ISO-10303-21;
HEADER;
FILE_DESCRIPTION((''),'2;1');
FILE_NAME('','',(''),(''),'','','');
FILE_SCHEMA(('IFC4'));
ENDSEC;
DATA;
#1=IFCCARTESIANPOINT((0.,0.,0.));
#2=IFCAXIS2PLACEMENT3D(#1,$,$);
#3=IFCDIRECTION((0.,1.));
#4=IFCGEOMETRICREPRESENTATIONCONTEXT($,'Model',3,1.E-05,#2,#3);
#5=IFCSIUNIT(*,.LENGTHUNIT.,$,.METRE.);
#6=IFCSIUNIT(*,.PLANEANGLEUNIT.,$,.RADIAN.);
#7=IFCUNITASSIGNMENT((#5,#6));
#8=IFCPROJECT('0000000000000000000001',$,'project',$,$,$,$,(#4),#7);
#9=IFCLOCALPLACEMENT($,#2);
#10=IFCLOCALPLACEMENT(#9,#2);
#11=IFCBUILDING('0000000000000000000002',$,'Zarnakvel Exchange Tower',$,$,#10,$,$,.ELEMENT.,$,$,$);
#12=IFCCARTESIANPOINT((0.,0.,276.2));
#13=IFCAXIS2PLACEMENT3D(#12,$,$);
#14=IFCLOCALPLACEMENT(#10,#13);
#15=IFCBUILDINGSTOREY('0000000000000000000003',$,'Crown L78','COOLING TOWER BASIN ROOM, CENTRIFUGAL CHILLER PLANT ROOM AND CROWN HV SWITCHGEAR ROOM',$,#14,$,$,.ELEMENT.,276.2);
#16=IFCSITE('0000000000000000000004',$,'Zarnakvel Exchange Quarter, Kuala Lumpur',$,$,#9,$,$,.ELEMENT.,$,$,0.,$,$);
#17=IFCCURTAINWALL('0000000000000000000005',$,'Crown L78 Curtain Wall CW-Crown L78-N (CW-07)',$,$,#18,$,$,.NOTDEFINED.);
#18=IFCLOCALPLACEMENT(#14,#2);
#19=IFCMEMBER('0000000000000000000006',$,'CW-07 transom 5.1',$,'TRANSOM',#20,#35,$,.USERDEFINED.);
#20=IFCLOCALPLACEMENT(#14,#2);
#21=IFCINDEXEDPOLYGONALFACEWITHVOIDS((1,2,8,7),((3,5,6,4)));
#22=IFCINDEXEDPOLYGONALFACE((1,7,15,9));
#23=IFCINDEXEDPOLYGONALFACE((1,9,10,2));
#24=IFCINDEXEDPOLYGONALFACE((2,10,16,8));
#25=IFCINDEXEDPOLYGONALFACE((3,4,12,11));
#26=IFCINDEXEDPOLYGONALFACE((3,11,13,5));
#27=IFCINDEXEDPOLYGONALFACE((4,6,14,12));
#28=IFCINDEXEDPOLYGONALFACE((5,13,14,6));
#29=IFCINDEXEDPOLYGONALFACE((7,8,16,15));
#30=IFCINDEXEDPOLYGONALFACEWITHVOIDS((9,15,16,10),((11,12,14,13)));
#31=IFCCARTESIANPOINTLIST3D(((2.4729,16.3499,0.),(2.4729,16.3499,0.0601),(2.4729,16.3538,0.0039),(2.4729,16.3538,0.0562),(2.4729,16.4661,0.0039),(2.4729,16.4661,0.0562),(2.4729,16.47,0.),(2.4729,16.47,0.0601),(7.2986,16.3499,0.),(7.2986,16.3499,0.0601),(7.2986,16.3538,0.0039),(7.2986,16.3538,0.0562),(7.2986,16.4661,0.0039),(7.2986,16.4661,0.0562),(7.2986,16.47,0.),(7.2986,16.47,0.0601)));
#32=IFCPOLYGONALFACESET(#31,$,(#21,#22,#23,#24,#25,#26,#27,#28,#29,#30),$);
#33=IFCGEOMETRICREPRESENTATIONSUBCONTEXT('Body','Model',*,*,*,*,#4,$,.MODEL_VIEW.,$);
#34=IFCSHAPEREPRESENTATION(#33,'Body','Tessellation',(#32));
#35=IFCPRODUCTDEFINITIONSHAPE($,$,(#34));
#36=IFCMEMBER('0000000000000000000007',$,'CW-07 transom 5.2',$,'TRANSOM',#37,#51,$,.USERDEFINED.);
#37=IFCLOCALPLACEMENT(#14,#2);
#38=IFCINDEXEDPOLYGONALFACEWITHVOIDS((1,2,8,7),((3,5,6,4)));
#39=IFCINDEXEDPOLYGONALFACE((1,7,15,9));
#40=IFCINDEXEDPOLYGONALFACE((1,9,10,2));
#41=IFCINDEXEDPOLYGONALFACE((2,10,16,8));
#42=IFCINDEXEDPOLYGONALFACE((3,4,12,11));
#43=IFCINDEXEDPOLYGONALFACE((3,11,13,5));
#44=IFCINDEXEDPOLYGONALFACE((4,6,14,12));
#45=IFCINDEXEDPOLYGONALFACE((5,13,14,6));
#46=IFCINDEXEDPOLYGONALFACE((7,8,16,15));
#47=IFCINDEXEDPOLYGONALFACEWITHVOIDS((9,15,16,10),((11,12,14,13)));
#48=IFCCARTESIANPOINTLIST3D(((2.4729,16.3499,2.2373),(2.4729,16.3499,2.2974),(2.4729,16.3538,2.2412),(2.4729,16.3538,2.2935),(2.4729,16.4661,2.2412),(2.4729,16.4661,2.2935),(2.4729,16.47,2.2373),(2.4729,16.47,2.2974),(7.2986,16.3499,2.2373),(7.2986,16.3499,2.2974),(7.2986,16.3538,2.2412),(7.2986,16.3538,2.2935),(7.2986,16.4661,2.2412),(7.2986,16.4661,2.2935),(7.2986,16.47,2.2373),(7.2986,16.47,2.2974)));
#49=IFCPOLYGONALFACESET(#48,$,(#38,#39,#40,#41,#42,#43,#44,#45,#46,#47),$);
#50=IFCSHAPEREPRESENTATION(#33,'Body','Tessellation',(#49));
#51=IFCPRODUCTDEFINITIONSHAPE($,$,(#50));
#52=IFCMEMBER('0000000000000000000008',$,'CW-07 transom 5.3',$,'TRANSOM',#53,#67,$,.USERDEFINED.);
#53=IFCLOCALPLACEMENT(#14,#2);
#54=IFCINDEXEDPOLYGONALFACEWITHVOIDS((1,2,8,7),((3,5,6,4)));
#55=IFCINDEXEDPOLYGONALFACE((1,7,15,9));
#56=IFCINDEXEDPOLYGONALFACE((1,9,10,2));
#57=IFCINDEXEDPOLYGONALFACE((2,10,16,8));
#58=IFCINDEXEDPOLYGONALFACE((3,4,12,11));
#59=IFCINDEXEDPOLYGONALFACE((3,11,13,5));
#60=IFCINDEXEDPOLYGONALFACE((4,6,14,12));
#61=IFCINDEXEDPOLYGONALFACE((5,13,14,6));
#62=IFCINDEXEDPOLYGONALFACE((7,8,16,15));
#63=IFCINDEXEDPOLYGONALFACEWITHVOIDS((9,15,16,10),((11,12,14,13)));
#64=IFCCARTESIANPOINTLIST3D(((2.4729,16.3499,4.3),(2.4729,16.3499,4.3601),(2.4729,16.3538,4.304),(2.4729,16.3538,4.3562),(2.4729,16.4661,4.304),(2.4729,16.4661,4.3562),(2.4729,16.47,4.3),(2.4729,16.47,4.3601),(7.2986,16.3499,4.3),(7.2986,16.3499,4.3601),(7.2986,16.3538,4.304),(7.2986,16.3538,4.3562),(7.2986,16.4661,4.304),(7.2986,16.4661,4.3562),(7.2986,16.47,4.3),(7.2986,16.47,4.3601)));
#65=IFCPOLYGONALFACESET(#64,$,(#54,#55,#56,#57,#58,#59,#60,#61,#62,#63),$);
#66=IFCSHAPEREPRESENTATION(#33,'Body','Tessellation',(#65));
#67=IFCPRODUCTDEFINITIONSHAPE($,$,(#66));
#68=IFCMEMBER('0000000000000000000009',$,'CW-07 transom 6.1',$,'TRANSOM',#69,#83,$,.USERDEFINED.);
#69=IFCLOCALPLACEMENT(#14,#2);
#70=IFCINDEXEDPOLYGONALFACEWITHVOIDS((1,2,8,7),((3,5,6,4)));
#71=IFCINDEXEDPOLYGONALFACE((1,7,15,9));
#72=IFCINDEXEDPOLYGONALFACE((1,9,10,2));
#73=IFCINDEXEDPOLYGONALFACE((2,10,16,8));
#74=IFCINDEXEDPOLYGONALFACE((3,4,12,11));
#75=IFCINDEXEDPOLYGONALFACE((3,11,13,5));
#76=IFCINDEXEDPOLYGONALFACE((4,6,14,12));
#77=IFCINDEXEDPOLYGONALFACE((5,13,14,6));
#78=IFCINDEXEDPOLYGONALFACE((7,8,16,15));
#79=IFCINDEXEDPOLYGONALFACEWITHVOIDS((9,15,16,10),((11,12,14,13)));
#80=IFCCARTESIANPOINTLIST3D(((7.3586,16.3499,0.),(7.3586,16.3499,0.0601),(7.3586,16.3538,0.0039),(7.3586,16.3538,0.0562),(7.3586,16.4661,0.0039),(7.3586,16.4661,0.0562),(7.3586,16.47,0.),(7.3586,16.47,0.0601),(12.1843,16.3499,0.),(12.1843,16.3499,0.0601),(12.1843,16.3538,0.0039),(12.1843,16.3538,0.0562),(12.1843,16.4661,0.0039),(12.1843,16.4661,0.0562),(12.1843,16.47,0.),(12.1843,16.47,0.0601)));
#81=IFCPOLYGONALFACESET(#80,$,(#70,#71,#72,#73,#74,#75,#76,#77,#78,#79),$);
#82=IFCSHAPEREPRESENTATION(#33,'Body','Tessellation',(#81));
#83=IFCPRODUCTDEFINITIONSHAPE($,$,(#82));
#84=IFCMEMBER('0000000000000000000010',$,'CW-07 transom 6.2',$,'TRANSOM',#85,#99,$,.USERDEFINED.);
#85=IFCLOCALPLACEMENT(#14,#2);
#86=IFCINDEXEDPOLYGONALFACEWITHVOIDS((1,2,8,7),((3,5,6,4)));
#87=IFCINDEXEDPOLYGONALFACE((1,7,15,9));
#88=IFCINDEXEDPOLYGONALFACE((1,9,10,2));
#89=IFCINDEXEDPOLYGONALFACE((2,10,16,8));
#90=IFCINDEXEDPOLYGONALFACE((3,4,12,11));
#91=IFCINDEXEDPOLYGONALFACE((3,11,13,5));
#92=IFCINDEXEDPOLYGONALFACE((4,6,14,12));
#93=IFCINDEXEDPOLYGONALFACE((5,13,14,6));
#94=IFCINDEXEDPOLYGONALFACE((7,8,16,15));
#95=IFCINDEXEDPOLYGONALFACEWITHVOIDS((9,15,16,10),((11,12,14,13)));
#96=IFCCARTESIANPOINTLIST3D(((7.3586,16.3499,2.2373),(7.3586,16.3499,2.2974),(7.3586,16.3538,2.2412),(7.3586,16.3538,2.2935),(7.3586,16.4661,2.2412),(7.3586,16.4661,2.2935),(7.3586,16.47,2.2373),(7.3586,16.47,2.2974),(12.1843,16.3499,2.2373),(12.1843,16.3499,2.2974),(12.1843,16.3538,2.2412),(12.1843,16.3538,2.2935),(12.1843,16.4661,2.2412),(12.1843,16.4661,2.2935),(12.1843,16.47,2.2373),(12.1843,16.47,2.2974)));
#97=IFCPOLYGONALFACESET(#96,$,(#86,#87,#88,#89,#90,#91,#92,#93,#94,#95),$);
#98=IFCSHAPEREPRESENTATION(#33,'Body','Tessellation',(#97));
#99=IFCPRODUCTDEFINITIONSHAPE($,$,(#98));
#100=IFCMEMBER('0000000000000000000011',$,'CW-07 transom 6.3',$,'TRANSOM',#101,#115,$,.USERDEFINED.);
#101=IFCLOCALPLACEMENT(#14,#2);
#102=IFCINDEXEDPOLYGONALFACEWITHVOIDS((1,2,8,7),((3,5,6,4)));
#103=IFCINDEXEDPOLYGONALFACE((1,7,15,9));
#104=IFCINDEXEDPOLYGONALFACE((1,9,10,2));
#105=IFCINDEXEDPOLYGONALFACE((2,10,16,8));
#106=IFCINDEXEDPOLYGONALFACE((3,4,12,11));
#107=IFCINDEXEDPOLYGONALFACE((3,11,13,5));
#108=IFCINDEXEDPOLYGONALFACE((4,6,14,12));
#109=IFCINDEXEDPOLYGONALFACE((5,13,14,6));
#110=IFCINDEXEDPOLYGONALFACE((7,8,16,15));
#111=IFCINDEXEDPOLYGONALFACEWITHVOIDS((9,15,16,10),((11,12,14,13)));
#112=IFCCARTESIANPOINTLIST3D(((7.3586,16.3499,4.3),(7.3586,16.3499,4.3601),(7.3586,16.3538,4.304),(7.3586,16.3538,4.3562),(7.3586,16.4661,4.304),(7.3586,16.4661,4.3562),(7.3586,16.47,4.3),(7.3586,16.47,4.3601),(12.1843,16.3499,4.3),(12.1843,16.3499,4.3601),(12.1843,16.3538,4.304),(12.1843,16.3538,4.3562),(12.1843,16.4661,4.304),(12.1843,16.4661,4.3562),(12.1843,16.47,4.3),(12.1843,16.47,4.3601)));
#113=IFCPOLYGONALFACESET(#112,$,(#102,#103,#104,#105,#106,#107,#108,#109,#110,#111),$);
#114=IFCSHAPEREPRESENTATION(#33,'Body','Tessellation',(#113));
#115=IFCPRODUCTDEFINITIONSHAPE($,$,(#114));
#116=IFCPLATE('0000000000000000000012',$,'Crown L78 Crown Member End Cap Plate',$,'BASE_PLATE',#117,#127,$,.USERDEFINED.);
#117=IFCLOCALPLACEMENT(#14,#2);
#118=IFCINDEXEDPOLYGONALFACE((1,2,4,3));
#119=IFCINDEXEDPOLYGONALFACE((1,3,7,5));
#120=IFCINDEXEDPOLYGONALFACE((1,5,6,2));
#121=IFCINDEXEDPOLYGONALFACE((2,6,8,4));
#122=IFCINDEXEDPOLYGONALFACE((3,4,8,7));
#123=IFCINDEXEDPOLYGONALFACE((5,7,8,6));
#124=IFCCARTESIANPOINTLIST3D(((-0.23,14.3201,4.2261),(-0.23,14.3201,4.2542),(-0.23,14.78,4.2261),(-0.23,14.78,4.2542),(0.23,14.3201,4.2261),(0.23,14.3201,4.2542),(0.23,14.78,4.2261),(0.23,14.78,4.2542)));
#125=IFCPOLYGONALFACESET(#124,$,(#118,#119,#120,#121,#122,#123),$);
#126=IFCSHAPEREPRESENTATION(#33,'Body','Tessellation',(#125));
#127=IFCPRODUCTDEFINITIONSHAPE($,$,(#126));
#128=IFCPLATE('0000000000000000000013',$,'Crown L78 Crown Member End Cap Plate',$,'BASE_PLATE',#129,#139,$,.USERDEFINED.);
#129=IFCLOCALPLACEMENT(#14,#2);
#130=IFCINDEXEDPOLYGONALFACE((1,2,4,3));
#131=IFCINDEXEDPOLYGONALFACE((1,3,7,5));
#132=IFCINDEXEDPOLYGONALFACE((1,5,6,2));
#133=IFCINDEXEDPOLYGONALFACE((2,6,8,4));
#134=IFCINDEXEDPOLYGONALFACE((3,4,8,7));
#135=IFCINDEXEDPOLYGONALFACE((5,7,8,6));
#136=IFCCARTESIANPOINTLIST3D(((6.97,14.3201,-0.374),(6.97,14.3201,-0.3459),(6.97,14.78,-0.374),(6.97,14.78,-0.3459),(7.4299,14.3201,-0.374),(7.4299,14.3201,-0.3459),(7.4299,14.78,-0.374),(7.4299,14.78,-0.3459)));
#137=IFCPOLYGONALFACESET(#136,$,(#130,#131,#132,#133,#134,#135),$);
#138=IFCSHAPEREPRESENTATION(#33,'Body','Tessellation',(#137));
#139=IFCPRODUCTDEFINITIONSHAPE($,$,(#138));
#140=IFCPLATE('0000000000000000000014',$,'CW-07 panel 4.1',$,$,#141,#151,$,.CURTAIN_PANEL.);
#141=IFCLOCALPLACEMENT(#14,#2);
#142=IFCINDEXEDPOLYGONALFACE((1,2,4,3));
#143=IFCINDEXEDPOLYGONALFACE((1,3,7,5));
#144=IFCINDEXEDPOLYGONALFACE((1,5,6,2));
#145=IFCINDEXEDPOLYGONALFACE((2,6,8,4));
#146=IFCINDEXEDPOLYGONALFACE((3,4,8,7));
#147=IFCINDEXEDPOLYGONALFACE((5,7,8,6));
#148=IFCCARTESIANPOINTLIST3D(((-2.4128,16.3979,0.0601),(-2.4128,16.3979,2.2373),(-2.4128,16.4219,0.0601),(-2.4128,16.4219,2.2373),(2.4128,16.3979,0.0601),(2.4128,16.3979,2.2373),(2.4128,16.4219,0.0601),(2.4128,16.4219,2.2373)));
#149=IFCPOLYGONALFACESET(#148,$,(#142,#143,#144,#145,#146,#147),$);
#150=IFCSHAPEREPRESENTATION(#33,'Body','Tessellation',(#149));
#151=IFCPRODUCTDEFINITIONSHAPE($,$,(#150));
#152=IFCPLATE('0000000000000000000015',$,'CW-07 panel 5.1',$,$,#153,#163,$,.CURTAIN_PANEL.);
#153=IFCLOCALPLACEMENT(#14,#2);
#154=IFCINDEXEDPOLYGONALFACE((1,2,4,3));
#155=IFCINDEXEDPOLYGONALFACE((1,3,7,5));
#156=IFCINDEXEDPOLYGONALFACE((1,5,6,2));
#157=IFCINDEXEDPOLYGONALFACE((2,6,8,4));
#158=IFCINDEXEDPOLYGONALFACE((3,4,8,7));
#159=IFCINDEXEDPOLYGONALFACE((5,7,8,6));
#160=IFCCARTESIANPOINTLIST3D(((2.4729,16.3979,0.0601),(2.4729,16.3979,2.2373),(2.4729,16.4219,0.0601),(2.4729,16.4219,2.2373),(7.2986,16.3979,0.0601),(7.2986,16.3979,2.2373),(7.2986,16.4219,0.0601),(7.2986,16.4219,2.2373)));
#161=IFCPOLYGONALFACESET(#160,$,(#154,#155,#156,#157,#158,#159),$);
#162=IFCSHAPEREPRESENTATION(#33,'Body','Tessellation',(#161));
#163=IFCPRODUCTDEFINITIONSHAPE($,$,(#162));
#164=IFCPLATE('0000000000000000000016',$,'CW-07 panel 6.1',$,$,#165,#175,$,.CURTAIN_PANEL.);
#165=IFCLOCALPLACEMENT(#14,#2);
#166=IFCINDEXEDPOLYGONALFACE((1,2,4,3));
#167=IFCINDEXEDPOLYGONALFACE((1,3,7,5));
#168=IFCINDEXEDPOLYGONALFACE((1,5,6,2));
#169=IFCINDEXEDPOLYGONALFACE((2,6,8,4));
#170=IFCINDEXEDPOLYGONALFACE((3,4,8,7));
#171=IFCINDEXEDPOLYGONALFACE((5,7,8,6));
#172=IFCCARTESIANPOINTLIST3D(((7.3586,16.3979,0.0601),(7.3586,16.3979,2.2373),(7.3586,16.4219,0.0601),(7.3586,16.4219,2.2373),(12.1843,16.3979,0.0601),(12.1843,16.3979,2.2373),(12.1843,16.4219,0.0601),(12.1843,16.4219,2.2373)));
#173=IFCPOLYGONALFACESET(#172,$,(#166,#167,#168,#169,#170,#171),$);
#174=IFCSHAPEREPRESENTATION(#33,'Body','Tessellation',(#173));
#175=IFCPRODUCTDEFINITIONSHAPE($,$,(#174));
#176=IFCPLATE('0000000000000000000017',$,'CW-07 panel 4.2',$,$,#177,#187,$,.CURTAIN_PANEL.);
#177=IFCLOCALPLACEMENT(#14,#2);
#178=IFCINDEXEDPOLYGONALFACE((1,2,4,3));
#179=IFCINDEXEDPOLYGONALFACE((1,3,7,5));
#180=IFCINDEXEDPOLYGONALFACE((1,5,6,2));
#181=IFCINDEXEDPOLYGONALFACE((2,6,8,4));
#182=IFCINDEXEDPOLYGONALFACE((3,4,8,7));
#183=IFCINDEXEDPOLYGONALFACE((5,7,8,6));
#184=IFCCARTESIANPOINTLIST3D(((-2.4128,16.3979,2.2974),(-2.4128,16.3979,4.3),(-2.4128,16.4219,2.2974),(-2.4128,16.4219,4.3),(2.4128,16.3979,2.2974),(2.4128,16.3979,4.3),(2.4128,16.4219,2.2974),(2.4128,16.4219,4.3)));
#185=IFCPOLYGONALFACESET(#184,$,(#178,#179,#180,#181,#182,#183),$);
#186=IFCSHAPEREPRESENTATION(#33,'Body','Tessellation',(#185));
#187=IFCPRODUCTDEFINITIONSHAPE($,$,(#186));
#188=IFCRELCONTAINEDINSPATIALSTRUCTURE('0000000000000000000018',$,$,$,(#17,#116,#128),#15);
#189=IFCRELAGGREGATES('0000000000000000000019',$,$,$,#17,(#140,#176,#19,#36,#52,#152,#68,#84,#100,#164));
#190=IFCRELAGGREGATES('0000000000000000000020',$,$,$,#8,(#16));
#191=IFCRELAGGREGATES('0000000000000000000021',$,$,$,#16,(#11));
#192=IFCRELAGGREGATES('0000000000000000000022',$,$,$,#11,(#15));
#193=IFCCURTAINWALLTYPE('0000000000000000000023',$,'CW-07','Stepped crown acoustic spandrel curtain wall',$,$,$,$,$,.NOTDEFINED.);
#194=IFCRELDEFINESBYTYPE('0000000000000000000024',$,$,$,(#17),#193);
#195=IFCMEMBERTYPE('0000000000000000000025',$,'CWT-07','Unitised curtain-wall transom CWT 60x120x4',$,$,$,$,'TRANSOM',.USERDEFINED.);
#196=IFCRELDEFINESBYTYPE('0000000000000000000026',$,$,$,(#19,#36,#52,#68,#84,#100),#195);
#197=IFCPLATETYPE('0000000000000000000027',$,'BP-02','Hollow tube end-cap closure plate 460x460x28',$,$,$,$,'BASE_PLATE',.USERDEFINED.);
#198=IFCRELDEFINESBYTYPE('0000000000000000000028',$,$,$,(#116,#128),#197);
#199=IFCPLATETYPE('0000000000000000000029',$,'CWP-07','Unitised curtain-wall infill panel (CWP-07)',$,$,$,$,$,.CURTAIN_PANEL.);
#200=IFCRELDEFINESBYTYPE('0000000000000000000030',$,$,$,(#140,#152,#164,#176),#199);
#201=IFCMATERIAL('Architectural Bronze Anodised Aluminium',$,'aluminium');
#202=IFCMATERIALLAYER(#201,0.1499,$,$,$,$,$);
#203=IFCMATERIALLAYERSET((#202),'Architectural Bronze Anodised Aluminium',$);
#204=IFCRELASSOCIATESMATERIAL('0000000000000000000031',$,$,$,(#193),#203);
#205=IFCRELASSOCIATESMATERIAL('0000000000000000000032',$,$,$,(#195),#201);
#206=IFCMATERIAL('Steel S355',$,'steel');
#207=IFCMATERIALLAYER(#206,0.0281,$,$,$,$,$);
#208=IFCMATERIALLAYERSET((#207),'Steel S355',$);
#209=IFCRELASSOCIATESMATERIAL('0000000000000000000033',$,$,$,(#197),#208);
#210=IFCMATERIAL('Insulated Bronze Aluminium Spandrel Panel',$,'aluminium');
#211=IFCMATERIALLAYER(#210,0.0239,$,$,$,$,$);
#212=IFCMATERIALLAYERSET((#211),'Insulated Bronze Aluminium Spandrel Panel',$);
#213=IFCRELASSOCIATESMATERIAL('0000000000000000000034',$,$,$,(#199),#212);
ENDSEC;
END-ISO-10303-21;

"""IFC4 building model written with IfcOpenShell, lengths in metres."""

from ifc_helpers import new_model, si_unit, direction, frame, origin, origin_2d, place, context, subcontext, project, spatial, rectangle, hollow_rectangle, extrude, source, transform, mapped, material, layer, layer_set, material_profile, profile_set, type_object, element, aggregate, save


model = new_model("IFC4")

# Units and contexts
model_context = context("Model", 3, precision=1e-05, world=origin(), true_north=direction((0.0, 1.0)))
body_context = subcontext(model_context, "Body", "Model", "MODEL_VIEW")
ifc_project = project(units=[si_unit("LENGTHUNIT", "METRE"), si_unit("PLANEANGLEUNIT", "RADIAN")], contexts=[model_context])

# Site, building, storey
site_placement = place(None, origin())
site = spatial("IfcSite", under=ifc_project, at=site_placement, Name="Zarnakvel Exchange Quarter, Kuala Lumpur", CompositionType="ELEMENT", RefElevation=0.0)
building_placement = place(site_placement, origin())
building = spatial("IfcBuilding", under=site, at=building_placement, Name="Zarnakvel Exchange Tower", CompositionType="ELEMENT")
storey_placement = place(building_placement, frame((0.0, 0.0, 276.2)))
storey = spatial("IfcBuildingStorey", under=building, at=storey_placement, Name="Crown L78", Description="COOLING TOWER BASIN ROOM, CENTRIFUGAL CHILLER PLANT ROOM AND CROWN HV SWITCHGEAR ROOM", CompositionType="ELEMENT", Elevation=276.2)

# Shared definitions
ifc_material_1 = material(Name="Steel S355", Category="steel")

# Curtain wall, members
ifc_material_2 = material(Name="Architectural Bronze Anodised Aluminium", Category="aluminium")
ifc_layer_1 = layer(ifc_material_2, 0.1499)
ifc_layer_set_1 = layer_set([ifc_layer_1], Name="Architectural Bronze Anodised Aluminium")
curtain_wall_type = type_object("IfcCurtainWallType", Name="CW-07", Description="Stepped crown acoustic spandrel curtain wall", PredefinedType="NOTDEFINED", material=ifc_layer_set_1)
curtain_wall_placement = place(storey_placement, origin())
curtain_wall = element("IfcCurtainWall", 1, at=curtain_wall_placement, inside=storey, type_object=curtain_wall_type, Name="Crown L78 Curtain Wall CW-Crown L78-N (CW-07)", PredefinedType="NOTDEFINED")
ifc_material_profile_1 = material_profile(ifc_material_2, hollow_rectangle(XDim=0.1201, YDim=0.0601, WallThickness=0.0039, at=origin_2d()))
ifc_profile_set_1 = profile_set([ifc_material_profile_1], Name="Architectural Bronze Anodised Aluminium")
member_type_1 = type_object("IfcMemberType", Name="CWT-07", Description="Unitised curtain-wall transom CWT 60x120x4", ElementType="TRANSOM", PredefinedType="USERDEFINED", material=ifc_profile_set_1)
shared_shape_1 = source(origin(), body_context, "Body", "SweptSolid", [
    extrude(hollow_rectangle(XDim=0.1201, YDim=0.0601, WallThickness=0.0039, at=origin_2d()), origin(), (0.0, 0.0, 1.0), 4.8257),
])
member_1_placement = place(storey_placement, frame((2.4729, 16.4099, 0.03), z_axis=(1.0, 0.0, 0.0), x_axis=(0.0, 1.0, 0.0)))
member_1 = element("IfcMember", 2, at=member_1_placement, type_object=member_type_1, Name="CW-07 transom 5.1", ObjectType="TRANSOM", PredefinedType="USERDEFINED", context=body_context, shape_type="MappedRepresentation", body=[
    mapped(shared_shape_1, transform((0.0, 0.0, 0.0), x_axis=(1.0, 0.0, 0.0), y_axis=(0.0, 1.0, 0.0), z_axis=(0.0, 0.0, 1.0), scale=1.0)),
])
member_2_placement = place(storey_placement, frame((2.4729, 16.4099, 2.2673), z_axis=(1.0, 0.0, 0.0), x_axis=(0.0, 1.0, 0.0)))
member_2 = element("IfcMember", 3, at=member_2_placement, type_object=member_type_1, Name="CW-07 transom 5.2", ObjectType="TRANSOM", PredefinedType="USERDEFINED", context=body_context, shape_type="MappedRepresentation", body=[
    mapped(shared_shape_1, transform((0.0, 0.0, 0.0), x_axis=(1.0, 0.0, 0.0), y_axis=(0.0, 1.0, 0.0), z_axis=(0.0, 0.0, 1.0), scale=1.0)),
])
member_3_placement = place(storey_placement, frame((2.4729, 16.4099, 4.3301), z_axis=(1.0, 0.0, 0.0), x_axis=(0.0, 1.0, 0.0)))
member_3 = element("IfcMember", 4, at=member_3_placement, type_object=member_type_1, Name="CW-07 transom 5.3", ObjectType="TRANSOM", PredefinedType="USERDEFINED", context=body_context, shape_type="MappedRepresentation", body=[
    mapped(shared_shape_1, transform((0.0, 0.0, 0.0), x_axis=(1.0, 0.0, 0.0), y_axis=(0.0, 1.0, 0.0), z_axis=(0.0, 0.0, 1.0), scale=1.0)),
])
member_4_placement = place(storey_placement, frame((7.3586, 16.4099, 0.03), z_axis=(1.0, 0.0, 0.0), x_axis=(0.0, 1.0, 0.0)))
member_4 = element("IfcMember", 5, at=member_4_placement, type_object=member_type_1, Name="CW-07 transom 6.1", ObjectType="TRANSOM", PredefinedType="USERDEFINED", context=body_context, shape_type="MappedRepresentation", body=[
    mapped(shared_shape_1, transform((0.0, 0.0, 0.0), x_axis=(1.0, 0.0, 0.0), y_axis=(0.0, 1.0, 0.0), z_axis=(0.0, 0.0, 1.0), scale=1.0)),
])
member_5_placement = place(storey_placement, frame((7.3586, 16.4099, 2.2673), z_axis=(1.0, 0.0, 0.0), x_axis=(0.0, 1.0, 0.0)))
member_5 = element("IfcMember", 6, at=member_5_placement, type_object=member_type_1, Name="CW-07 transom 6.2", ObjectType="TRANSOM", PredefinedType="USERDEFINED", context=body_context, shape_type="MappedRepresentation", body=[
    mapped(shared_shape_1, transform((0.0, 0.0, 0.0), x_axis=(1.0, 0.0, 0.0), y_axis=(0.0, 1.0, 0.0), z_axis=(0.0, 0.0, 1.0), scale=1.0)),
])
member_6_placement = place(storey_placement, frame((7.3586, 16.4099, 4.3301), z_axis=(1.0, 0.0, 0.0), x_axis=(0.0, 1.0, 0.0)))
member_6 = element("IfcMember", 7, at=member_6_placement, type_object=member_type_1, Name="CW-07 transom 6.3", ObjectType="TRANSOM", PredefinedType="USERDEFINED", context=body_context, shape_type="MappedRepresentation", body=[
    mapped(shared_shape_1, transform((0.0, 0.0, 0.0), x_axis=(1.0, 0.0, 0.0), y_axis=(0.0, 1.0, 0.0), z_axis=(0.0, 0.0, 1.0), scale=1.0)),
])

# Plates
ifc_layer_2 = layer(ifc_material_1, 0.0281)
ifc_layer_set_2 = layer_set([ifc_layer_2], Name="Steel S355")
plate_type_1 = type_object("IfcPlateType", Name="BP-02", Description="Hollow tube end-cap closure plate 460x460x28", ElementType="BASE_PLATE", PredefinedType="USERDEFINED", material=ifc_layer_set_2)
shared_shape_2 = source(origin(), body_context, "Body", "SweptSolid", [
    extrude(rectangle(XDim=0.46, YDim=0.46, at=origin_2d()), origin(), (0.0, 0.0, 1.0), 0.0281),
])
for number, where, z_axis, x_axis, name in (
    (8, (0.0, 14.55, 4.2261), (0.0, 0.0, 1.0), (1.0, 0.0, 0.0), "Crown L78 Crown Member End Cap Plate"),
    (9, (7.2, 14.55, -0.374), (0.0, 0.0, 1.0), (1.0, 0.0, 0.0), "Crown L78 Crown Member End Cap Plate"),
):
    element("IfcPlate", number, at=place(storey_placement, frame(where, z_axis=z_axis, x_axis=x_axis)), inside=storey, type_object=plate_type_1, Name=name, ObjectType="BASE_PLATE", PredefinedType="USERDEFINED", context=body_context, shape_type="MappedRepresentation", body=[
        mapped(shared_shape_2, transform((0.0, 0.0, 0.0), x_axis=(1.0, 0.0, 0.0), y_axis=(0.0, 1.0, 0.0), z_axis=(0.0, 0.0, 1.0), scale=1.0)),
    ])

# Plates
ifc_material_3 = material(Name="Insulated Bronze Aluminium Spandrel Panel", Category="aluminium")
ifc_layer_3 = layer(ifc_material_3, 0.0239)
ifc_layer_set_3 = layer_set([ifc_layer_3], Name="Insulated Bronze Aluminium Spandrel Panel")
plate_type_2 = type_object("IfcPlateType", Name="CWP-07", Description="Unitised curtain-wall infill panel (CWP-07)", PredefinedType="CURTAIN_PANEL", material=ifc_layer_set_3)
shared_shape_3 = source(origin(), body_context, "Body", "SweptSolid", [
    extrude(rectangle(XDim=4.8257, YDim=0.0239, at=origin_2d()), origin(), (0.0, 0.0, 1.0), 2.1772),
])
plate_1_placement = place(storey_placement, frame((0.0, 16.4099, 0.0601), z_axis=(0.0, 0.0, 1.0), x_axis=(1.0, 0.0, 0.0)))
plate_1 = element("IfcPlate", 10, at=plate_1_placement, type_object=plate_type_2, Name="CW-07 panel 4.1", PredefinedType="CURTAIN_PANEL", context=body_context, shape_type="MappedRepresentation", body=[
    mapped(shared_shape_3, transform((0.0, 0.0, 0.0), x_axis=(1.0, 0.0, 0.0), y_axis=(0.0, 1.0, 0.0), z_axis=(0.0, 0.0, 1.0), scale=1.0)),
])
plate_2_placement = place(storey_placement, frame((4.8857, 16.4099, 0.0601), z_axis=(0.0, 0.0, 1.0), x_axis=(1.0, 0.0, 0.0)))
plate_2 = element("IfcPlate", 11, at=plate_2_placement, type_object=plate_type_2, Name="CW-07 panel 5.1", PredefinedType="CURTAIN_PANEL", context=body_context, shape_type="MappedRepresentation", body=[
    mapped(shared_shape_3, transform((0.0, 0.0, 0.0), x_axis=(1.0, 0.0, 0.0), y_axis=(0.0, 1.0, 0.0), z_axis=(0.0, 0.0, 1.0), scale=1.0)),
])
plate_3_placement = place(storey_placement, frame((9.7715, 16.4099, 0.0601), z_axis=(0.0, 0.0, 1.0), x_axis=(1.0, 0.0, 0.0)))
plate_3 = element("IfcPlate", 12, at=plate_3_placement, type_object=plate_type_2, Name="CW-07 panel 6.1", PredefinedType="CURTAIN_PANEL", context=body_context, shape_type="MappedRepresentation", body=[
    mapped(shared_shape_3, transform((0.0, 0.0, 0.0), x_axis=(1.0, 0.0, 0.0), y_axis=(0.0, 1.0, 0.0), z_axis=(0.0, 0.0, 1.0), scale=1.0)),
])
shared_shape_4 = source(origin(), body_context, "Body", "SweptSolid", [
    extrude(rectangle(XDim=4.8257, YDim=0.0239, at=origin_2d()), origin(), (0.0, 0.0, 1.0), 2.0027),
])
plate_4_placement = place(storey_placement, frame((0.0, 16.4099, 2.2974), z_axis=(0.0, 0.0, 1.0), x_axis=(1.0, 0.0, 0.0)))
plate_4 = element("IfcPlate", 13, at=plate_4_placement, type_object=plate_type_2, Name="CW-07 panel 4.2", PredefinedType="CURTAIN_PANEL", context=body_context, shape_type="MappedRepresentation", body=[
    mapped(shared_shape_4, transform((0.0, 0.0, 0.0), x_axis=(1.0, 0.0, 0.0), y_axis=(0.0, 1.0, 0.0), z_axis=(0.0, 0.0, 1.0), scale=1.0)),
])
aggregate(curtain_wall, [plate_1, plate_4, member_1, member_2, member_3, plate_2, member_4, member_5, member_6, plate_3])

save(model, "model.ifc")
